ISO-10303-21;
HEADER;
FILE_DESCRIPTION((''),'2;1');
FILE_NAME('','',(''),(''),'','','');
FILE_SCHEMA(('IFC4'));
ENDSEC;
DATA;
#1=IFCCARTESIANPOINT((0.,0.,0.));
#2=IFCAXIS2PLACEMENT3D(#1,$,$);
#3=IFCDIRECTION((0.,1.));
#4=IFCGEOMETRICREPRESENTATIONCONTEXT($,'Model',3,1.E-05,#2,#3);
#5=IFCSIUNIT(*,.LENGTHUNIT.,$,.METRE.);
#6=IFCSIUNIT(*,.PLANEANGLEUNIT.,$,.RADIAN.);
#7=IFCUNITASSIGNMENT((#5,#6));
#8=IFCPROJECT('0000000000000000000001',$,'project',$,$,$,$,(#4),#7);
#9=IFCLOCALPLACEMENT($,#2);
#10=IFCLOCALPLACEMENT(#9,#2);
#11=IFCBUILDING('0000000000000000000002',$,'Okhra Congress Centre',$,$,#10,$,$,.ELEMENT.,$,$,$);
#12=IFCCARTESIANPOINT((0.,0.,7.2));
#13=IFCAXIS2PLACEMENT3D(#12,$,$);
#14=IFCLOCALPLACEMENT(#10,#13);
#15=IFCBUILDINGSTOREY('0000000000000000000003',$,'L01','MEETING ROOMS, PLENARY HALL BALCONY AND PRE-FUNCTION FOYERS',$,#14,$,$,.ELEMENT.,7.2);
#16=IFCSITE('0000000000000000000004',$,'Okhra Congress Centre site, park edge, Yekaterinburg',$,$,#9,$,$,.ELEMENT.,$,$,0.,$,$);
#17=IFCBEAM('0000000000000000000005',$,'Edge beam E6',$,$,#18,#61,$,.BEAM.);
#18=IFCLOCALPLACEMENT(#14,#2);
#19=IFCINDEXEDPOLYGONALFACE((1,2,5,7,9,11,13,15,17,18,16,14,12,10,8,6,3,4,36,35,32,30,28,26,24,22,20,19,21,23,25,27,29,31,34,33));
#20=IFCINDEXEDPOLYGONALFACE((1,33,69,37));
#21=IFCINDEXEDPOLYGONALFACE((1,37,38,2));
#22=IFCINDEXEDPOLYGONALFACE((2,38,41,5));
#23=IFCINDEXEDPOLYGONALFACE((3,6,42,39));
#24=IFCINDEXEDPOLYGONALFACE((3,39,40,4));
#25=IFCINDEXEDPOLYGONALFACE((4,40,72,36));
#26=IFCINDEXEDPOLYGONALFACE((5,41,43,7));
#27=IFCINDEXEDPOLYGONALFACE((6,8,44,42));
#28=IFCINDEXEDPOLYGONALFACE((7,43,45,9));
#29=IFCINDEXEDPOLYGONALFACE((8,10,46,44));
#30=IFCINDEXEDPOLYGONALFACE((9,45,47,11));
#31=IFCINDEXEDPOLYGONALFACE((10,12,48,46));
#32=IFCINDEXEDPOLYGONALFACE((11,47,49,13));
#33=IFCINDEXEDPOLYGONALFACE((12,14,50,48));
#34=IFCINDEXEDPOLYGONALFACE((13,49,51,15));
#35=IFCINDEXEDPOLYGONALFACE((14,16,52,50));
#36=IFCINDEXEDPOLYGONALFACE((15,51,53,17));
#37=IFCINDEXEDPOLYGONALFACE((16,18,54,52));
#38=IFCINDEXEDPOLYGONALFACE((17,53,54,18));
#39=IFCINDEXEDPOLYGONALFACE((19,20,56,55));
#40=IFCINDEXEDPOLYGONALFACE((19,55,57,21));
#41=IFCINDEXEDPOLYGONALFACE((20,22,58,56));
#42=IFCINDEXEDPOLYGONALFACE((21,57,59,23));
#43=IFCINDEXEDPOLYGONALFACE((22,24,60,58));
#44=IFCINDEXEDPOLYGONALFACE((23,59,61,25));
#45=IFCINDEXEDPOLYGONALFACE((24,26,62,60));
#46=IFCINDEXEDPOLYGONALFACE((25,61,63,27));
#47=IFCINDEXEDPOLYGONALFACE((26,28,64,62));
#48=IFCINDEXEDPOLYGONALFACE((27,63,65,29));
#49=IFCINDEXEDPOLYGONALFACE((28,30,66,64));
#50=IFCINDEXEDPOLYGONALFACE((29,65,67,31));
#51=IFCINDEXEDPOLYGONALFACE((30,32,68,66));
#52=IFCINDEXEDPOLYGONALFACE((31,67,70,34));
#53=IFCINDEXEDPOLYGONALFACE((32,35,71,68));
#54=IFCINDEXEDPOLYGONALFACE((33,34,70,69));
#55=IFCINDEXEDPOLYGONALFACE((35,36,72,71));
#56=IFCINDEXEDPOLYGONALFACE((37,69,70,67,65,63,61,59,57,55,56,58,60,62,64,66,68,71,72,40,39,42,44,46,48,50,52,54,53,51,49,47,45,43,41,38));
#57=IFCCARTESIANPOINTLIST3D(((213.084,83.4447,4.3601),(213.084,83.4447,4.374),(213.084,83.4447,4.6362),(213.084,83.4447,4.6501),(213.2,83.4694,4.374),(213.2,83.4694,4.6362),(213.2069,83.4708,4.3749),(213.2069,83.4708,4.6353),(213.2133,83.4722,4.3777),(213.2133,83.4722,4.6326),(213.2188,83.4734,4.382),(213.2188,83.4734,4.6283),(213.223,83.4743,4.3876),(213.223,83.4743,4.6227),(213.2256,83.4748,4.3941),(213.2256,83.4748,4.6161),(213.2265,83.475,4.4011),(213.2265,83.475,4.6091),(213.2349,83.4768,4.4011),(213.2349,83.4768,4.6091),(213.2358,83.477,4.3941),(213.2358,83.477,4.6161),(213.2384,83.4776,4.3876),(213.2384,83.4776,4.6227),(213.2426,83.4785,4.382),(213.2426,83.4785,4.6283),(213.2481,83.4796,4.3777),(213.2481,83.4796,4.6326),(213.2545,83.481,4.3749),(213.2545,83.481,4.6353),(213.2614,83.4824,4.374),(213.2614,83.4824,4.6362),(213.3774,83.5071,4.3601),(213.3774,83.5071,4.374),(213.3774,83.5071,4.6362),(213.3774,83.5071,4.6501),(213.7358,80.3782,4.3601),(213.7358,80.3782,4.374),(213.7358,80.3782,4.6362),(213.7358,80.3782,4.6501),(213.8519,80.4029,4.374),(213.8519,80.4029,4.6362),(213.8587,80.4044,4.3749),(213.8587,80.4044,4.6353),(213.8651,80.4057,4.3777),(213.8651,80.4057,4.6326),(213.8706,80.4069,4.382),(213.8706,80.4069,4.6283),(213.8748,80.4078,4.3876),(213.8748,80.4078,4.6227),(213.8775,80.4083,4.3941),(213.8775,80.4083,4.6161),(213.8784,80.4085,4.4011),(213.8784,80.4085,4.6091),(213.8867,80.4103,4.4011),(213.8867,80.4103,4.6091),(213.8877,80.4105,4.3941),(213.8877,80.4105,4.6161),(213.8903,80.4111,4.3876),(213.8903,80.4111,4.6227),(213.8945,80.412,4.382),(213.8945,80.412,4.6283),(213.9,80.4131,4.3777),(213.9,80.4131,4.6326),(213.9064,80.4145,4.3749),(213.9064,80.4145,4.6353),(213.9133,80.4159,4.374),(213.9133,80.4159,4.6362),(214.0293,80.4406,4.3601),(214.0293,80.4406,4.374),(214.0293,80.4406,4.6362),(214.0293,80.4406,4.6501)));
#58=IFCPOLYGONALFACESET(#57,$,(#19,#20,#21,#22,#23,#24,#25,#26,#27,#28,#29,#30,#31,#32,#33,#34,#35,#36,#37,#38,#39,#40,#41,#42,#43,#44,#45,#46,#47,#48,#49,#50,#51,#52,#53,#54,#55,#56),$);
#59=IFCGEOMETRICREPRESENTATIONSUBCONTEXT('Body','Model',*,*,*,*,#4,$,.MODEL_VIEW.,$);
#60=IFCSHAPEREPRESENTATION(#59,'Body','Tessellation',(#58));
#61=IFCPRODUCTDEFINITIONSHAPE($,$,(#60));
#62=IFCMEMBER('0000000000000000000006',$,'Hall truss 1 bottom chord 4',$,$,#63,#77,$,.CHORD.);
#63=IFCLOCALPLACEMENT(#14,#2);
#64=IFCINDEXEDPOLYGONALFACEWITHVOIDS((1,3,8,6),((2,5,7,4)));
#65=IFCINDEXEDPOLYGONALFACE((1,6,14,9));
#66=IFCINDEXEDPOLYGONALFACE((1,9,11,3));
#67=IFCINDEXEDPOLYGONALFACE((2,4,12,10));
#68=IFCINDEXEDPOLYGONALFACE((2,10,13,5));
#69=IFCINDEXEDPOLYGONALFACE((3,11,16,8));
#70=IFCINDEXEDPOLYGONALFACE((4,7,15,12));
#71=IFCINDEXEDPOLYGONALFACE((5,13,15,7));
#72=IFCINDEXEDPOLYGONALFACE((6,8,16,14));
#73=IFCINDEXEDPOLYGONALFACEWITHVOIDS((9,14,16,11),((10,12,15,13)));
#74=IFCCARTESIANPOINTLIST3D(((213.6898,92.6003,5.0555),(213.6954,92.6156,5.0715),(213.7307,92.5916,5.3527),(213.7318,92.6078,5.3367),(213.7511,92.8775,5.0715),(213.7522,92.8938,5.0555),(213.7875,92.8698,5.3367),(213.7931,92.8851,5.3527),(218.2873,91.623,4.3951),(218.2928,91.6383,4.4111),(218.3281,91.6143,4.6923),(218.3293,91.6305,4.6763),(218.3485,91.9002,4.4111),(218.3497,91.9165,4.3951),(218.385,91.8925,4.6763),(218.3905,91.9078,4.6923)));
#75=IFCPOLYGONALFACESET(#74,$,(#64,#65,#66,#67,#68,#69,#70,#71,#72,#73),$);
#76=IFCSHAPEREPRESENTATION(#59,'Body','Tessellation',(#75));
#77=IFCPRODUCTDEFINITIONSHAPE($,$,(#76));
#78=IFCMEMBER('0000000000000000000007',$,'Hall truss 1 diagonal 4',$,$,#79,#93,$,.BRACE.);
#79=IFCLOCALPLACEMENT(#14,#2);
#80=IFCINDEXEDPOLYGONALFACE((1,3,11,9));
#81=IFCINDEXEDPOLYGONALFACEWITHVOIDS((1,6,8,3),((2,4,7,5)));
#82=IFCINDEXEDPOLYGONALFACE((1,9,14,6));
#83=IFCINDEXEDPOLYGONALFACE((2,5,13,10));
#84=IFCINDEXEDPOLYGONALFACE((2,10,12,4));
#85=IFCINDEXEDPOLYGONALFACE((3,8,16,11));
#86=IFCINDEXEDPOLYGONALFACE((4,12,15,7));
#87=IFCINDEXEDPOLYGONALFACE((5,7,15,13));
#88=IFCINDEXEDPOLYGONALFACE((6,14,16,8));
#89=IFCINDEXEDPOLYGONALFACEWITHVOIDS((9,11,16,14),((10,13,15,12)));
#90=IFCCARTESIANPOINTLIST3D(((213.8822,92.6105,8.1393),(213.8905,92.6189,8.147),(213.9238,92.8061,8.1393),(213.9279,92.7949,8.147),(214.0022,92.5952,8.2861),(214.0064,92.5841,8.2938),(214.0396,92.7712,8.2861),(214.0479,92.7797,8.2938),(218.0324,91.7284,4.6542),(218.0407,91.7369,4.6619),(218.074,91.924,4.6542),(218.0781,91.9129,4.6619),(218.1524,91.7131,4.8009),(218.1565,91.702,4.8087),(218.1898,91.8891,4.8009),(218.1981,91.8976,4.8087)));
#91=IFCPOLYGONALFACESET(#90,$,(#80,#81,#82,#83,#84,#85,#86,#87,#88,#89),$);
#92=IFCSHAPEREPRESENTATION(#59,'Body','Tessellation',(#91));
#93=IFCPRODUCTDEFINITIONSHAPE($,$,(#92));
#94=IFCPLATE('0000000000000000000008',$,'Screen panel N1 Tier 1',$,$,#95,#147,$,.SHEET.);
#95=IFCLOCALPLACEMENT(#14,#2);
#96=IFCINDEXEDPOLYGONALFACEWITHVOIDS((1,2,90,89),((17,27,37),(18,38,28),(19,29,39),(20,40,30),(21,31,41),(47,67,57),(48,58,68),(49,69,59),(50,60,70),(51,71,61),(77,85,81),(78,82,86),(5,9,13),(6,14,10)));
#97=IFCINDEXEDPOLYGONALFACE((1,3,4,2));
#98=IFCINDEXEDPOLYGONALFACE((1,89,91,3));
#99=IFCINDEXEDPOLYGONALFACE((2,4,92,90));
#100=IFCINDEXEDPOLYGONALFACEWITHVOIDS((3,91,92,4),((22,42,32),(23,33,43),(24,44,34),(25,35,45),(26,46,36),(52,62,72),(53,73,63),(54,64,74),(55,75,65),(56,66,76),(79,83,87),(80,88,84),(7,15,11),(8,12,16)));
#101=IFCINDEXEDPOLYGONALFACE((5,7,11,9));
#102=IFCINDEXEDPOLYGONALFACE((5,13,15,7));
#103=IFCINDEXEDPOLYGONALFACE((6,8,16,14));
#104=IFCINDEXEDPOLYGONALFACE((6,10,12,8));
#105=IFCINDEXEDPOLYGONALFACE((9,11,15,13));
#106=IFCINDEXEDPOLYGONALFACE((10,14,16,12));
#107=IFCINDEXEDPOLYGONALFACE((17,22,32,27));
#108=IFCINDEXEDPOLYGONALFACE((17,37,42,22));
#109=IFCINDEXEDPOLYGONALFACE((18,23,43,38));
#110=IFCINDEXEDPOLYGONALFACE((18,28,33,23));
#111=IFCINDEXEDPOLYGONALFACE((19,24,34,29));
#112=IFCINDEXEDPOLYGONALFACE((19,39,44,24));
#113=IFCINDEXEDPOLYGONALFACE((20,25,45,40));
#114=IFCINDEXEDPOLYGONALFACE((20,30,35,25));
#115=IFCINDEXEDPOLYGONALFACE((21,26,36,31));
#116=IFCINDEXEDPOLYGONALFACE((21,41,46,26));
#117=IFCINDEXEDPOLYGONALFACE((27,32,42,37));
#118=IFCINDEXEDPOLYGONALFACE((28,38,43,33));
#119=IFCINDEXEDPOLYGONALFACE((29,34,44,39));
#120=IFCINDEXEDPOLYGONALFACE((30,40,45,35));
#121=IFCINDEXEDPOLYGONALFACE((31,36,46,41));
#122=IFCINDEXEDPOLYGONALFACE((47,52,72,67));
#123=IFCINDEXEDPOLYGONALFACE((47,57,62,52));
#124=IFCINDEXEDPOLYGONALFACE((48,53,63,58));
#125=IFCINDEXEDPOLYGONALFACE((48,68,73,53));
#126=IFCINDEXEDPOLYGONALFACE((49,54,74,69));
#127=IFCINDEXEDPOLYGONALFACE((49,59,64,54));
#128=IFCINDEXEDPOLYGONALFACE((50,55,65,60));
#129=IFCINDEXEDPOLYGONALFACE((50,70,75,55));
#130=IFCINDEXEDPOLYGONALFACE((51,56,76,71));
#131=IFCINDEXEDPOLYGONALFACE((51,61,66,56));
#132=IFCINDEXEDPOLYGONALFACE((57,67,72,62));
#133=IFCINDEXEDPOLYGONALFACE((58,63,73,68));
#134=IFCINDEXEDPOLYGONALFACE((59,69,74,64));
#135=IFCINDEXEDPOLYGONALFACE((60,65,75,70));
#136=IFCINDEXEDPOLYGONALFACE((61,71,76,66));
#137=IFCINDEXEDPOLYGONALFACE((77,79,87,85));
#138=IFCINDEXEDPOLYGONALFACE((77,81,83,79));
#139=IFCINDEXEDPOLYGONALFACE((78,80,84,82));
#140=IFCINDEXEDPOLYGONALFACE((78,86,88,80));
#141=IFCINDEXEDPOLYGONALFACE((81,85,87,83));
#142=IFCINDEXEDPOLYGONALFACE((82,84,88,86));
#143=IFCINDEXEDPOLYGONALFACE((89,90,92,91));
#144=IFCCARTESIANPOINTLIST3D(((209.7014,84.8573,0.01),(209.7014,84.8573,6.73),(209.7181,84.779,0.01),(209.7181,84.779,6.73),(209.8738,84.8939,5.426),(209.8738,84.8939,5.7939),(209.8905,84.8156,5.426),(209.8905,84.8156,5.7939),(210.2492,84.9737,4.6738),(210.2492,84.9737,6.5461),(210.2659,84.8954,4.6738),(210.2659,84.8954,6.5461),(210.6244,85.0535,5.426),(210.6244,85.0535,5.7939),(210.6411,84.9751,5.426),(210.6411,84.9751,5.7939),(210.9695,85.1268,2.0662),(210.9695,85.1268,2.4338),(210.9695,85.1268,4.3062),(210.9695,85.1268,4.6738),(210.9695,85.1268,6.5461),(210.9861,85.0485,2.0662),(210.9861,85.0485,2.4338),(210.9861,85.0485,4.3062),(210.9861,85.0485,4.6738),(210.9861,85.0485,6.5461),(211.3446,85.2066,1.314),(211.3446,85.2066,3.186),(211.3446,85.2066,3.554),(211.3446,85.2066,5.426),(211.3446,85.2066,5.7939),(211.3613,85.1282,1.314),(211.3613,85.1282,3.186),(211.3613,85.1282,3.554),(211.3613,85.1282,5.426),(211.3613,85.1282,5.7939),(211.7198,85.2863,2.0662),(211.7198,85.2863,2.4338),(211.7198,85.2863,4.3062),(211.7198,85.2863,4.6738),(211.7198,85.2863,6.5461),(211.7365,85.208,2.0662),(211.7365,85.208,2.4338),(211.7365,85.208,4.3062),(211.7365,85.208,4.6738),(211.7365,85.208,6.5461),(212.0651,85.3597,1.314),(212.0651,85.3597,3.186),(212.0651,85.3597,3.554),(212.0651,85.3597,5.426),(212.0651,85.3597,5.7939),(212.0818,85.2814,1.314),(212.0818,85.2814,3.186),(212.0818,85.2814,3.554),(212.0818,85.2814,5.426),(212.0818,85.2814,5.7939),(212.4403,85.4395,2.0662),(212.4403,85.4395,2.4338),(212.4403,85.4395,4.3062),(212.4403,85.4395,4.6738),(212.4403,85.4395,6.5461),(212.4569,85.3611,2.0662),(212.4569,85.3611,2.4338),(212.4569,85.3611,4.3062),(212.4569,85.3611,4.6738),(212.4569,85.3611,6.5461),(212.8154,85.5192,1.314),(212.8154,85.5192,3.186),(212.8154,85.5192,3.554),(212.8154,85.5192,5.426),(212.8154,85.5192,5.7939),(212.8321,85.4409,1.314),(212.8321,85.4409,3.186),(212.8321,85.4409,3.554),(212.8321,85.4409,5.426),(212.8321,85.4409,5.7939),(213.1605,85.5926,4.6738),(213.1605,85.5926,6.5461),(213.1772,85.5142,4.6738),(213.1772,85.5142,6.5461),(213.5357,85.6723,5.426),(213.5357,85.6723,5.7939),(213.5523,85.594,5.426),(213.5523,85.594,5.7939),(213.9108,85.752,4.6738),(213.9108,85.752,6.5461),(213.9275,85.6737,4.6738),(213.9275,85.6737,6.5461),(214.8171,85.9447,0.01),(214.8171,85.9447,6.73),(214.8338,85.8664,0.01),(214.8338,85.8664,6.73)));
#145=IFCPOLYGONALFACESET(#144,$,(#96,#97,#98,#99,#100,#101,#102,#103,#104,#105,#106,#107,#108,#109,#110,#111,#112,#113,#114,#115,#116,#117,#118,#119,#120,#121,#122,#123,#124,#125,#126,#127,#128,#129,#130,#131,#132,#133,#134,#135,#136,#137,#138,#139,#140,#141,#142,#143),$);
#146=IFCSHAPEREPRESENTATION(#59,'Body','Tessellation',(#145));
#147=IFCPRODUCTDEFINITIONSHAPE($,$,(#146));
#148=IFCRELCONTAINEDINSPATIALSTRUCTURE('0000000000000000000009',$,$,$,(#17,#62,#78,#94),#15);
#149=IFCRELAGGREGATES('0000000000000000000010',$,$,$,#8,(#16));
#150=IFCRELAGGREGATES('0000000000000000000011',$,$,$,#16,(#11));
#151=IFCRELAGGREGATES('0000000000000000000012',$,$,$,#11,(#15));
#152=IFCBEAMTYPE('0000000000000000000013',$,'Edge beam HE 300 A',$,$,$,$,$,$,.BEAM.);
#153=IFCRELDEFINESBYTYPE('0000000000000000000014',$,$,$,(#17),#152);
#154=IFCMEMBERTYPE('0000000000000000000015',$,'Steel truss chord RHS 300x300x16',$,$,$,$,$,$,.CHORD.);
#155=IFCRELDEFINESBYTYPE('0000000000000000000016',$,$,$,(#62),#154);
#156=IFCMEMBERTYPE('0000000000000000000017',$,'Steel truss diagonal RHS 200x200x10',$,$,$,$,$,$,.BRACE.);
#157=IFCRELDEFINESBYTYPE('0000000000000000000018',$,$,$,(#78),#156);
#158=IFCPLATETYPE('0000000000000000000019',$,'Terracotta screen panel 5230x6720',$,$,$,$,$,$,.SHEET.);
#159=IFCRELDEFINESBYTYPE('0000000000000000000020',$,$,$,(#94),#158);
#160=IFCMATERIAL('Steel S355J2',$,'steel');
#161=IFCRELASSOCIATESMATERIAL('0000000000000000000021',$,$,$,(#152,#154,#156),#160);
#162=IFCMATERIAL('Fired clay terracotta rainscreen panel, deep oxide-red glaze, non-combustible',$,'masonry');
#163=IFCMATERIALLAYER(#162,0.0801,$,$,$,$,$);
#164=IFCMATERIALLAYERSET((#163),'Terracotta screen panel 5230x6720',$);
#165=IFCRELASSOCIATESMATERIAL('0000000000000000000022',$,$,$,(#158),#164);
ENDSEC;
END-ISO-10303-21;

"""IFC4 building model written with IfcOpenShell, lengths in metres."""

from ifc_helpers import new_model, si_unit, direction, frame, origin, origin_2d, place, context, subcontext, project, spatial, polyline, hollow_rectangle, i_section, outline, extrude, material, layer, layer_set, material_profile, profile_set, type_object, element, save


model = new_model("IFC4")

# Units and contexts
model_context = context("Model", 3, precision=1e-05, world=origin(), true_north=direction((0.0, 1.0)))
body_context = subcontext(model_context, "Body", "Model", "MODEL_VIEW")
ifc_project = project(units=[si_unit("LENGTHUNIT", "METRE"), si_unit("PLANEANGLEUNIT", "RADIAN")], contexts=[model_context])

# Site, building, storey
site_placement = place(None, origin())
site = spatial("IfcSite", under=ifc_project, at=site_placement, Name="Okhra Congress Centre site, park edge, Yekaterinburg", CompositionType="ELEMENT", RefElevation=0.0)
building_placement = place(site_placement, origin())
building = spatial("IfcBuilding", under=site, at=building_placement, Name="Okhra Congress Centre", CompositionType="ELEMENT")
storey_placement = place(building_placement, frame((0.0, 0.0, 7.2)))
storey = spatial("IfcBuildingStorey", under=building, at=storey_placement, Name="L01", Description="MEETING ROOMS, PLENARY HALL BALCONY AND PRE-FUNCTION FOYERS", CompositionType="ELEMENT", Elevation=7.2)

# Shared definitions
ifc_material_1 = material(Name="Steel S355J2", Category="steel")

# Beam
ifc_material_profile_1 = material_profile(ifc_material_1, i_section(OverallWidth=0.3, OverallDepth=0.29, WebThickness=0.0085, FlangeThickness=0.0139, FilletRadius=0.0271, at=origin_2d()), Name="HE 300 A")
ifc_profile_set_1 = profile_set([ifc_material_profile_1], Name="Steel S355J2")
beam_type = type_object("IfcBeamType", Name="Edge beam HE 300 A", PredefinedType="BEAM", material=ifc_profile_set_1)
beam_1_placement = place(storey_placement, frame((213.8826, 80.4094, 4.5051), z_axis=(-0.207933, 0.978143, 0.0), x_axis=(-0.978143, -0.207933, 0.0)))
element("IfcBeam", 1, at=beam_1_placement, inside=storey, type_object=beam_type, Name="Edge beam E6", PredefinedType="BEAM", context=body_context, shape_type="SweptSolid", body=[
    extrude(i_section(OverallWidth=0.3, OverallDepth=0.29, WebThickness=0.0085, FlangeThickness=0.0139, FilletRadius=0.0271, at=origin_2d()), origin(), (0.0, 0.0, 1.0), 3.135),
])

# Members
ifc_material_profile_2 = material_profile(ifc_material_1, hollow_rectangle(XDim=0.3, YDim=0.3, WallThickness=0.0161, at=origin_2d()), Name="RHS 300x300x16")
ifc_profile_set_2 = profile_set([ifc_material_profile_2], Name="Steel S355J2")
member_type_1 = type_object("IfcMemberType", Name="Steel truss chord RHS 300x300x16", PredefinedType="CHORD", material=ifc_profile_set_2)
member_1_placement = place(storey_placement, frame((213.7415, 92.7427, 5.2041), z_axis=(0.968629, -0.205906, -0.13914), x_axis=(0.207929, 0.978144, 0.0)))
element("IfcMember", 2, at=member_1_placement, inside=storey, type_object=member_type_1, Name="Hall truss 1 bottom chord 4", PredefinedType="CHORD", context=body_context, shape_type="SweptSolid", body=[
    extrude(hollow_rectangle(XDim=0.3, YDim=0.3, WallThickness=0.0161, at=origin_2d()), origin(), (0.0, 0.0, 1.0), 4.7463),
])
ifc_material_profile_3 = material_profile(ifc_material_1, hollow_rectangle(XDim=0.2, YDim=0.2, WallThickness=0.01, at=origin_2d()), Name="RHS 200x200x10 diagonal")
ifc_profile_set_3 = profile_set([ifc_material_profile_3], Name="Steel S355J2")
member_type_2 = type_object("IfcMemberType", Name="Steel truss diagonal RHS 200x200x10", PredefinedType="BRACE", material=ifc_profile_set_3)
member_2_placement = place(storey_placement, frame((213.9651, 92.6951, 8.2166), z_axis=(0.755851, -0.16065, -0.634729), x_axis=(0.207898, 0.978151, 0.0)))
element("IfcMember", 3, at=member_2_placement, inside=storey, type_object=member_type_2, Name="Hall truss 1 diagonal 4", PredefinedType="BRACE", context=body_context, shape_type="SweptSolid", body=[
    extrude(hollow_rectangle(XDim=0.2, YDim=0.2, WallThickness=0.01, at=origin_2d()), origin(), (0.0, 0.0, 1.0), 5.4907),
])

# Plate
ifc_material_2 = material(Name="Fired clay terracotta rainscreen panel, deep oxide-red glaze, non-combustible", Category="masonry")
ifc_layer_1 = layer(ifc_material_2, 0.0801)
ifc_layer_set_1 = layer_set([ifc_layer_1], Name="Terracotta screen panel 5230x6720")
plate_type_1 = type_object("IfcPlateType", Name="Terracotta screen panel 5230x6720", PredefinedType="SHEET", material=ifc_layer_set_1)
plate_1_placement = place(storey_placement, frame((214.8254, 85.9055, 0.01), z_axis=(0.0, 0.0, 1.0), x_axis=(-0.978147, -0.207916, 0.0)))
element("IfcPlate", 4, at=plate_1_placement, inside=storey, type_object=plate_type_1, Name="Screen panel N1 Tier 1", PredefinedType="SHEET", context=body_context, shape_type="SweptSolid", body=[
    extrude(outline(polyline([(0.0, 0.0), (5.23, 0.0), (5.23, 6.72), (0.0, 6.72), (0.0, 0.0)]), holes=[polyline([(2.0464, 1.304), (2.8135, 1.304), (2.4299, 2.0562), (2.0464, 1.304)]), polyline([(3.1665, 2.0562), (3.55, 1.304), (3.9336, 2.0562), (3.1665, 2.0562)]), polyline([(2.0464, 3.176), (2.4299, 2.4238), (2.8135, 3.176), (2.0464, 3.176)]), polyline([(3.1665, 2.4238), (3.9336, 2.4238), (3.55, 3.176), (3.1665, 2.4238)]), polyline([(2.0464, 3.5439), (2.8135, 3.5439), (2.4299, 4.2961), (2.0464, 3.5439)]), polyline([(3.1665, 4.2961), (3.55, 3.5439), (3.9336, 4.2961), (3.1665, 4.2961)]), polyline([(0.9265, 4.6638), (1.6936, 4.6638), (1.3101, 5.416), (0.9265, 4.6638)]), polyline([(2.0464, 5.416), (2.4299, 4.6638), (2.8135, 5.416), (2.0464, 5.416)]), polyline([(3.1665, 4.6638), (3.9336, 4.6638), (3.55, 5.416), (3.1665, 4.6638)]), polyline([(4.2864, 5.416), (4.6699, 4.6638), (5.0537, 5.416), (4.2864, 5.416)]), polyline([(0.9265, 6.5361), (1.3101, 5.7839), (1.6936, 6.5361), (0.9265, 6.5361)]), polyline([(2.0464, 5.7839), (2.8135, 5.7839), (2.4299, 6.5361), (2.0464, 5.7839)]), polyline([(3.1665, 6.5361), (3.55, 5.7839), (3.9336, 6.5361), (3.1665, 6.5361)]), polyline([(4.2864, 5.7839), (5.0537, 5.7839), (4.6699, 6.5361), (4.2864, 5.7839)])]), frame((0.0, 0.04, 0.0), z_axis=(0.0, -1.0, 0.0), x_axis=(1.0, 0.0, 0.0)), (0.0, 0.0, 1.0), 0.0801),
])

save(model, "model.ifc")
